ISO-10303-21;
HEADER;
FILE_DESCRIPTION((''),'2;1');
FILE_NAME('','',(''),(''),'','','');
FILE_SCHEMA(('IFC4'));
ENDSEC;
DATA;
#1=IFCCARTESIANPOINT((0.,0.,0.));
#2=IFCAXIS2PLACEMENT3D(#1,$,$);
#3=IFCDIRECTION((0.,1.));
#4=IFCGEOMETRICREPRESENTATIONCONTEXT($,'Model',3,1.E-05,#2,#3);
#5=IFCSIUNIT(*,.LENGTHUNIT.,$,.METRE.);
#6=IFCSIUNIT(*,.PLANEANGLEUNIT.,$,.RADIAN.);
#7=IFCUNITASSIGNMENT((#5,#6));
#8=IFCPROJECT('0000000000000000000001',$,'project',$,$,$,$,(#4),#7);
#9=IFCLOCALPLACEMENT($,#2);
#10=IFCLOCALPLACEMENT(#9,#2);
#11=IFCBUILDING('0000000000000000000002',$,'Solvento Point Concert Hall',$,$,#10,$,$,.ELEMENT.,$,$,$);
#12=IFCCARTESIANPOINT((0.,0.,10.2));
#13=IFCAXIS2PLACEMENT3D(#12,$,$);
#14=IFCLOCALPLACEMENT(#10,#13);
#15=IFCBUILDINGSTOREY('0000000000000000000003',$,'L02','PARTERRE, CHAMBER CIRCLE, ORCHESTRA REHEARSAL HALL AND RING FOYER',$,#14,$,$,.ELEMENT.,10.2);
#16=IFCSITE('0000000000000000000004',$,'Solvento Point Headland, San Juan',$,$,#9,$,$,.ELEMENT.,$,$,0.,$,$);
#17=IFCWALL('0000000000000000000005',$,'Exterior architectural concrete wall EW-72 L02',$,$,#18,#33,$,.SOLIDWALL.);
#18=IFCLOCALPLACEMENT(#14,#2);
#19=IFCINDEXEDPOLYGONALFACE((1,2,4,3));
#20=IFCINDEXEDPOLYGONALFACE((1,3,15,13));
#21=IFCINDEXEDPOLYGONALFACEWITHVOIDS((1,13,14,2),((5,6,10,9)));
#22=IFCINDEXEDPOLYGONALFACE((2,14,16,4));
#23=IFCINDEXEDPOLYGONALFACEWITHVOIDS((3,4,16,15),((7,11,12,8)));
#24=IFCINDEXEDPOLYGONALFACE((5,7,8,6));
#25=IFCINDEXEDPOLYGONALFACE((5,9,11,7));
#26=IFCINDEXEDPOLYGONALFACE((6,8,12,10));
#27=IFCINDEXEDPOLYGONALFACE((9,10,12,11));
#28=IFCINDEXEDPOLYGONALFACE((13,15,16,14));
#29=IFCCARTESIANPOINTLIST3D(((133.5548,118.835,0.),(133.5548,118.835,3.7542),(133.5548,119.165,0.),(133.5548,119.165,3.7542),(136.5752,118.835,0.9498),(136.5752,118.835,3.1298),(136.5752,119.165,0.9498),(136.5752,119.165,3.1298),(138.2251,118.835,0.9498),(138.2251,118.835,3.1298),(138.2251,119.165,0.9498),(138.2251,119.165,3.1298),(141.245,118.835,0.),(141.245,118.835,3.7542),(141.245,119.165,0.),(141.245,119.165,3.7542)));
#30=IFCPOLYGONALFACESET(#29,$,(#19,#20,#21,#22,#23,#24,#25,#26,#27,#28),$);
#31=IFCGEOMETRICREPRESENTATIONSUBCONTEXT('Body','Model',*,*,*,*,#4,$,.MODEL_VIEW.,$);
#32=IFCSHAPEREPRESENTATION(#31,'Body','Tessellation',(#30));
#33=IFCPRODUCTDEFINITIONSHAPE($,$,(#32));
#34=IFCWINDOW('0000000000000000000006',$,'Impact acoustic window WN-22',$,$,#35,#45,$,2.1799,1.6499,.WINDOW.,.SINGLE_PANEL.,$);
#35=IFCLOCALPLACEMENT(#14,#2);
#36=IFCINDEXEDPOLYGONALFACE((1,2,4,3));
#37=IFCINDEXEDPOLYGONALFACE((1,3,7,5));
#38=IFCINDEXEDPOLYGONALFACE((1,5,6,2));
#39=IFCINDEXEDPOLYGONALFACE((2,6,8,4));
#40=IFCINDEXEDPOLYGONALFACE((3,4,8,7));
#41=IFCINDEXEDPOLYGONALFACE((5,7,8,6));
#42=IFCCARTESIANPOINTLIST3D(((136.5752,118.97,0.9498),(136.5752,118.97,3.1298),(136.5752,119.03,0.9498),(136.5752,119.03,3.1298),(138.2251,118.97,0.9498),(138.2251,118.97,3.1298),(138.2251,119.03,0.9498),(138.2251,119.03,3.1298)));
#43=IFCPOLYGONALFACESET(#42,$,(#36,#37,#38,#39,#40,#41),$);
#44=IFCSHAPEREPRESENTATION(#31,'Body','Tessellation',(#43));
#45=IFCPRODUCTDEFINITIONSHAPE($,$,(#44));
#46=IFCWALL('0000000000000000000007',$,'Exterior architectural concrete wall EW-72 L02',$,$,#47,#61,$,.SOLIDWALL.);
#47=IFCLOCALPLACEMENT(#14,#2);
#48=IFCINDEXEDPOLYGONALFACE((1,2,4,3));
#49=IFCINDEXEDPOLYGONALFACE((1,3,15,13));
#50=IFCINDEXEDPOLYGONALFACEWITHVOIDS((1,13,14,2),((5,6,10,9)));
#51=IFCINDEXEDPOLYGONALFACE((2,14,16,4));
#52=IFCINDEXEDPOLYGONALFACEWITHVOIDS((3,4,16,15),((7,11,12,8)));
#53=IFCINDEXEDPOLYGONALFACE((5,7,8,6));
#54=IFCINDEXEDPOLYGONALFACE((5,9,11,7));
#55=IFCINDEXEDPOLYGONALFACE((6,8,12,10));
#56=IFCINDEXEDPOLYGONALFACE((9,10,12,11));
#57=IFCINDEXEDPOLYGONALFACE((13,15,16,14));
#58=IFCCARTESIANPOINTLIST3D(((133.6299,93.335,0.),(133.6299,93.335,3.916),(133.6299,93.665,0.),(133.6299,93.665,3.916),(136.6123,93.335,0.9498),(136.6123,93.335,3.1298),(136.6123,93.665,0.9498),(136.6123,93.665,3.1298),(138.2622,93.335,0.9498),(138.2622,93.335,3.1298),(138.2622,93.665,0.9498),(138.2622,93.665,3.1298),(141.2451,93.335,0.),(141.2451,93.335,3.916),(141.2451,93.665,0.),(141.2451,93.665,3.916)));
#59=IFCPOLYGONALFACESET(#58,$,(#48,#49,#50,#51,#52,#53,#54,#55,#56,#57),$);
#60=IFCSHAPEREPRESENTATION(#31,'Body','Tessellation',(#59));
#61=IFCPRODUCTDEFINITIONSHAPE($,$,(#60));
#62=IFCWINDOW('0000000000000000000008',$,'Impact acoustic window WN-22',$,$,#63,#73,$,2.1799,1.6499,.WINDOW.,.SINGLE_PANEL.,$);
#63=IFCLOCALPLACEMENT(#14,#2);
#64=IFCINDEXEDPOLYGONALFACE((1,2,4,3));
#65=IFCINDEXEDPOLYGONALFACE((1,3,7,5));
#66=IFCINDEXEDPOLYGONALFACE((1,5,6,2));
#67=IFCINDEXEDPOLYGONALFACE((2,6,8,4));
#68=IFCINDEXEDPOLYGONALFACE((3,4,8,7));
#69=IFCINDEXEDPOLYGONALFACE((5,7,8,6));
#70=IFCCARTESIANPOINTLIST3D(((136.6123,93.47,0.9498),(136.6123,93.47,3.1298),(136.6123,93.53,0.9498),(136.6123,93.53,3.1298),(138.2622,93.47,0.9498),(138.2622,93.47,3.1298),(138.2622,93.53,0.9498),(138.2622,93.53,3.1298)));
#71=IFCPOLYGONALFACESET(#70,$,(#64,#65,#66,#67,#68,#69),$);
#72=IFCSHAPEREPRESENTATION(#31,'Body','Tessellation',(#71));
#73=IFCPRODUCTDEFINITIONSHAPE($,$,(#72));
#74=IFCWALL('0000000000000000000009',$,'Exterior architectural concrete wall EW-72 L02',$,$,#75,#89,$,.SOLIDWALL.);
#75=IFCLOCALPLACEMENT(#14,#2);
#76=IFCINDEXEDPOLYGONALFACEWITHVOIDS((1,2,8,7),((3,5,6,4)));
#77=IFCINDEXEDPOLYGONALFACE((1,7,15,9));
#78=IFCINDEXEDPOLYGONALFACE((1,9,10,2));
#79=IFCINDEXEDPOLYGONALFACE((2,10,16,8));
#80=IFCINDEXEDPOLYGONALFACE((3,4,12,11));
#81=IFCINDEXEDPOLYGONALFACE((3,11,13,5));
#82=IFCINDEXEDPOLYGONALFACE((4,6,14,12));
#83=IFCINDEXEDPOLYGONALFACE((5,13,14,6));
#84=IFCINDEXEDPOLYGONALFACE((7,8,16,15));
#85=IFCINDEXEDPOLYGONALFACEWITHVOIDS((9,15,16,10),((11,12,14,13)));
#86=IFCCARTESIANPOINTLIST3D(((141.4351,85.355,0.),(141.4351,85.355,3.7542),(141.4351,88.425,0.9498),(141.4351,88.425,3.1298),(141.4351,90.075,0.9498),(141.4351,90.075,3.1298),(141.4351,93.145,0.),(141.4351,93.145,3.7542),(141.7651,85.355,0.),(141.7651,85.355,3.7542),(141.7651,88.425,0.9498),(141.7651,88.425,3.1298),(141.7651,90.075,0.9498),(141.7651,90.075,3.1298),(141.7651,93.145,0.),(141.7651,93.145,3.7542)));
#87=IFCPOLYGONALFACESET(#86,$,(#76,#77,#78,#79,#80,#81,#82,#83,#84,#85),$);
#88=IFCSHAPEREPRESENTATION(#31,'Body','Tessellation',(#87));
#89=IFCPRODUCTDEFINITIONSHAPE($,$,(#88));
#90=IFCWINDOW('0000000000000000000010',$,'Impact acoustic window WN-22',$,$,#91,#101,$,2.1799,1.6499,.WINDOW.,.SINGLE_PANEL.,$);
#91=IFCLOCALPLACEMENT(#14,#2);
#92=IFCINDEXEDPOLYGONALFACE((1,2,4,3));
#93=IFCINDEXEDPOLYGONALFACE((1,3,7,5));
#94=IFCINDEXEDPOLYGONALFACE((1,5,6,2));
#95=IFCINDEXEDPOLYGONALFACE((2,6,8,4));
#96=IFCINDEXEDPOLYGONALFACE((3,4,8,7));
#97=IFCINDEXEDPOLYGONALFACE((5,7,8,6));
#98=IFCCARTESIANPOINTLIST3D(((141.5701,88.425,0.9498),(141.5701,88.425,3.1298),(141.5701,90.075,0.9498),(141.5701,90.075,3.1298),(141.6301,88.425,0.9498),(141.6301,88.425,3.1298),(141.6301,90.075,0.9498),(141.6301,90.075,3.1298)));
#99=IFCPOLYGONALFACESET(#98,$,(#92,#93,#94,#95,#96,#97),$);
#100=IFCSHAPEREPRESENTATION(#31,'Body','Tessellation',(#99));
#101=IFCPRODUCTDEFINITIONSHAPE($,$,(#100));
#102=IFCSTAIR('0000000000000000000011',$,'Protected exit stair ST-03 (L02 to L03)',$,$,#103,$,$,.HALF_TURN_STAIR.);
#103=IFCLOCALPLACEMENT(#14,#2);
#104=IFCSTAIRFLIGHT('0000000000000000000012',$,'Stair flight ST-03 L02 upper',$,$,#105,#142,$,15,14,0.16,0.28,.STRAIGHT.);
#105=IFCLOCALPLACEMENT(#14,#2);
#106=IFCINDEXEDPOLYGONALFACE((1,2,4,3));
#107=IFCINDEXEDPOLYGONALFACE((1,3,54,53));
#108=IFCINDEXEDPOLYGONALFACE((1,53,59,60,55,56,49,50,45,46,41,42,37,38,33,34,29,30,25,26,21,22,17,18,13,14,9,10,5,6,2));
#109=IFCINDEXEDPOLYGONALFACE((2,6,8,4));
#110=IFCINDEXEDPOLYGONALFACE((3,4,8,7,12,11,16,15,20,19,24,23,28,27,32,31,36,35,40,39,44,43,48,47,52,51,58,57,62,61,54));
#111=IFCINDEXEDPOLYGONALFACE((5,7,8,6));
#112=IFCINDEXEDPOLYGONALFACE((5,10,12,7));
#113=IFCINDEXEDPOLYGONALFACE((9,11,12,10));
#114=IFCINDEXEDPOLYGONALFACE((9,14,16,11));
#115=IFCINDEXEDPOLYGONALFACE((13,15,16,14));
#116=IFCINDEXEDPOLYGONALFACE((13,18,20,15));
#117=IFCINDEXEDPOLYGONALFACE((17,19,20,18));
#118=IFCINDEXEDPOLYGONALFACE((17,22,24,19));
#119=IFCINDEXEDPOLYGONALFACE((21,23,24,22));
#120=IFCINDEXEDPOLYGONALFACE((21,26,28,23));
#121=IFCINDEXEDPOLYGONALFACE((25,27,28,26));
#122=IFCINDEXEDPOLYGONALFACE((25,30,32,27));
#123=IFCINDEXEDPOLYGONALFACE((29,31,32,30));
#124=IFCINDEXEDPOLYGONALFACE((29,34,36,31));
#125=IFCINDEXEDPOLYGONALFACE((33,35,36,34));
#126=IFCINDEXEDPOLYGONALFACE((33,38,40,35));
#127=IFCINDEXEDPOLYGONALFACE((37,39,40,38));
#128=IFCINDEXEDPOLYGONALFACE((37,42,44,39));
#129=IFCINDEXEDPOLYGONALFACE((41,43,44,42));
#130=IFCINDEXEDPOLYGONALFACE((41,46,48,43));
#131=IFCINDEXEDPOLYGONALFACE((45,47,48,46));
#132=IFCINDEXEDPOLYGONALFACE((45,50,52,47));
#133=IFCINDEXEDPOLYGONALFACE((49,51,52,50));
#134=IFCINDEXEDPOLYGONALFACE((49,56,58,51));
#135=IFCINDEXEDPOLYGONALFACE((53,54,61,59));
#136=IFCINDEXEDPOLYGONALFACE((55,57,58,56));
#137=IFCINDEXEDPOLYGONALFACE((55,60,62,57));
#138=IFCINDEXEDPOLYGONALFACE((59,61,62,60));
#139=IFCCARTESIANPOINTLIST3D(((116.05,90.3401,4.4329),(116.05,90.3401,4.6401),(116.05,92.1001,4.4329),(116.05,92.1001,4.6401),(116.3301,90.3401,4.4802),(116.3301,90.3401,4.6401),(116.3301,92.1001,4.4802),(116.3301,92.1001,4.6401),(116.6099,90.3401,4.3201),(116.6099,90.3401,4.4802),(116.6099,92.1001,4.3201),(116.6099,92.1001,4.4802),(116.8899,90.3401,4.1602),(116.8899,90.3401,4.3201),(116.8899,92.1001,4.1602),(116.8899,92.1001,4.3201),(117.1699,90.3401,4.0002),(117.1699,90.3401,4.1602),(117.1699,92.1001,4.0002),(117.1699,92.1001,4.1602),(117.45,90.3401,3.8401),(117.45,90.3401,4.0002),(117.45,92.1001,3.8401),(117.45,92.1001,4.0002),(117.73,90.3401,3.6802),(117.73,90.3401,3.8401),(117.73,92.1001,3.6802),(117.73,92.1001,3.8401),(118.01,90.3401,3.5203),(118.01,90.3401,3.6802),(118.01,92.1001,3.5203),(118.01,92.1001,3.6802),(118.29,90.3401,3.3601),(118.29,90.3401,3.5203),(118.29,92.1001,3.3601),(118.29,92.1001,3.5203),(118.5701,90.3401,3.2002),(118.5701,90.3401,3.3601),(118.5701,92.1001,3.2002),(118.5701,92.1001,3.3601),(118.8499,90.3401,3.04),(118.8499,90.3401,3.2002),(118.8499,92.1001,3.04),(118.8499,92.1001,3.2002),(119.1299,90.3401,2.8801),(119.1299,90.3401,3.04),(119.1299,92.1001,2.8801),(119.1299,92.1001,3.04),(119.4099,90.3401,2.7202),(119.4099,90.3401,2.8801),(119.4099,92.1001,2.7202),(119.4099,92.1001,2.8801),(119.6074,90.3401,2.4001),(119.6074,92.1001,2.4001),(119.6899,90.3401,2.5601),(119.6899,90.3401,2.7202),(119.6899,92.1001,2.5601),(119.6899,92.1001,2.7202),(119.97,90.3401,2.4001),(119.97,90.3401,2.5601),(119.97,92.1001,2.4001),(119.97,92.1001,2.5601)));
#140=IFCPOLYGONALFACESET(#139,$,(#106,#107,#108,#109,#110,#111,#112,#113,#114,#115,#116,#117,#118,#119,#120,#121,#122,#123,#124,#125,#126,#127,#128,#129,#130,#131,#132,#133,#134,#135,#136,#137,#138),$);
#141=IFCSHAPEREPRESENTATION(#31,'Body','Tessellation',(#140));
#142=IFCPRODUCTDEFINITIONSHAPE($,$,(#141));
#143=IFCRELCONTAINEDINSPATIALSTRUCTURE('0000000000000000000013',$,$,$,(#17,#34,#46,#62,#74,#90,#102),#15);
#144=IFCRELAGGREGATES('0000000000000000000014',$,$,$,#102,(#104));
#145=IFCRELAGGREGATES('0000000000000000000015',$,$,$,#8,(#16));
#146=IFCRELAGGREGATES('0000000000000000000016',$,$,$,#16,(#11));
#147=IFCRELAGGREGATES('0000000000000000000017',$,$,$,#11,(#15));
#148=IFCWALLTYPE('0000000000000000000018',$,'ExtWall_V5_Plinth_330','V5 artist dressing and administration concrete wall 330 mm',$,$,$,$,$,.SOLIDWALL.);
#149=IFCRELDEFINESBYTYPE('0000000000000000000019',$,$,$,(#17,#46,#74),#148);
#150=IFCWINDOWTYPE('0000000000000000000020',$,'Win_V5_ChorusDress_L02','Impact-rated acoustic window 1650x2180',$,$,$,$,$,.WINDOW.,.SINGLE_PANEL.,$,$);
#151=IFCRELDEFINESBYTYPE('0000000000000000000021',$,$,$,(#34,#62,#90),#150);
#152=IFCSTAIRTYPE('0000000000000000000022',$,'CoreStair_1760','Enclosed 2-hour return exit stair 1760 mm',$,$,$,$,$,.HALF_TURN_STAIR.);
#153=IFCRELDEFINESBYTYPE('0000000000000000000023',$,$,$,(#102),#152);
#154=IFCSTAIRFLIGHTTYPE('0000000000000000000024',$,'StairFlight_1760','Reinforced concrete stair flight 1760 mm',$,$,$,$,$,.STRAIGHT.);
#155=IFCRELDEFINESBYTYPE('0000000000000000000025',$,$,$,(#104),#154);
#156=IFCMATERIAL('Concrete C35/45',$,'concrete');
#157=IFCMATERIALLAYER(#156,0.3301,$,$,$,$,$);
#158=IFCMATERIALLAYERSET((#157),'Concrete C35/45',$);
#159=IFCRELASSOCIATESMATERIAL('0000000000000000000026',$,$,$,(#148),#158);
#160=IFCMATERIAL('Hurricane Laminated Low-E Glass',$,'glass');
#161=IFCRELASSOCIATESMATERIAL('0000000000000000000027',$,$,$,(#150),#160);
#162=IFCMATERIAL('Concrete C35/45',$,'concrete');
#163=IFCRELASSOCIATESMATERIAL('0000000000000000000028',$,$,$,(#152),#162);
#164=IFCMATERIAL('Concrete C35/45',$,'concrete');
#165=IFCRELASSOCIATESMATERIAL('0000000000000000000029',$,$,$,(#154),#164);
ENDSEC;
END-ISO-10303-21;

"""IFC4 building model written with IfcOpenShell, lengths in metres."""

from ifc_helpers import new_model, si_unit, direction, frame, frame_2d, origin, place, context, subcontext, project, spatial, polyline, rectangle, outline, extrude, material, layer, layer_set, type_object, element, fill, aggregate, save


model = new_model("IFC4")

# Units and contexts
model_context = context("Model", 3, precision=1e-05, world=origin(), true_north=direction((0.0, 1.0)))
body_context = subcontext(model_context, "Body", "Model", "MODEL_VIEW")
ifc_project = project(units=[si_unit("LENGTHUNIT", "METRE"), si_unit("PLANEANGLEUNIT", "RADIAN")], contexts=[model_context])

# Site, building, storey
site_placement = place(None, origin())
site = spatial("IfcSite", under=ifc_project, at=site_placement, Name="Solvento Point Headland, San Juan", CompositionType="ELEMENT", RefElevation=0.0)
building_placement = place(site_placement, origin())
building = spatial("IfcBuilding", under=site, at=building_placement, Name="Solvento Point Concert Hall", CompositionType="ELEMENT")
storey_placement = place(building_placement, frame((0.0, 0.0, 10.2)))
storey = spatial("IfcBuildingStorey", under=building, at=storey_placement, Name="L02", Description="PARTERRE, CHAMBER CIRCLE, ORCHESTRA REHEARSAL HALL AND RING FOYER", CompositionType="ELEMENT", Elevation=10.2)

# Walls, openings, windows
ifc_material_1 = material(Name="Concrete C35/45", Category="concrete")
ifc_layer_1 = layer(ifc_material_1, 0.3301)
ifc_layer_set_1 = layer_set([ifc_layer_1], Name="Concrete C35/45")
wall_type_1 = type_object("IfcWallType", Name="ExtWall_V5_Plinth_330", Description="V5 artist dressing and administration concrete wall 330 mm", PredefinedType="SOLIDWALL", material=ifc_layer_set_1)
wall_1_placement = place(storey_placement, frame((141.2451, 119.0, 0.0), z_axis=(0.0, 0.0, 1.0), x_axis=(-1.0, 0.0, 0.0)))
wall_1 = element("IfcWall", 1, at=wall_1_placement, inside=storey, type_object=wall_type_1, Name="Exterior architectural concrete wall EW-72 L02", PredefinedType="SOLIDWALL", context=body_context, shape_type="SweptSolid", body=[
    extrude(rectangle(XDim=7.6902, YDim=0.3301, at=frame_2d((3.8452, 0.0))), origin(), (0.0, 0.0, 1.0), 3.7542),
])
opening_1_placement = place(wall_1_placement, frame((3.02, 0.0, 0.95)))
opening_1 = element("IfcOpeningElement", 2, at=opening_1_placement, cuts=wall_1, PredefinedType="OPENING", context=body_context, shape_type="SweptSolid", body=[
    extrude(rectangle(XDim=1.6499, YDim=2.1799, at=frame_2d((0.825, 1.0898))), frame((0.0, 0.175, 0.0), z_axis=(0.0, -1.0, 0.0), x_axis=(1.0, 0.0, 0.0)), (0.0, 0.0, 1.0), 0.3501),
])
ifc_material_2 = material(Name="Hurricane Laminated Low-E Glass", Category="glass")
window_type_1 = type_object("IfcWindowType", Name="Win_V5_ChorusDress_L02", Description="Impact-rated acoustic window 1650x2180", PartitioningType="SINGLE_PANEL", PredefinedType="WINDOW", material=ifc_material_2)
window_1_placement = place(opening_1_placement, origin())
window_1 = element("IfcWindow", 3, at=window_1_placement, inside=storey, type_object=window_type_1, Name="Impact acoustic window WN-22", OverallHeight=2.1799, OverallWidth=1.6499, PartitioningType="SINGLE_PANEL", PredefinedType="WINDOW", context=body_context, shape_type="SweptSolid", body=[
    extrude(rectangle(XDim=1.6499, YDim=2.1799, at=frame_2d((0.825, 1.0898))), frame((0.0, 0.03, 0.0), z_axis=(0.0, -1.0, 0.0), x_axis=(1.0, 0.0, 0.0)), (0.0, 0.0, 1.0), 0.0601),
])
fill(opening_1, window_1)
wall_2_placement = place(storey_placement, frame((133.6299, 93.5, 0.0), z_axis=(0.0, 0.0, 1.0), x_axis=(1.0, 0.0, 0.0)))
wall_2 = element("IfcWall", 4, at=wall_2_placement, inside=storey, type_object=wall_type_1, Name="Exterior architectural concrete wall EW-72 L02", PredefinedType="SOLIDWALL", context=body_context, shape_type="SweptSolid", body=[
    extrude(rectangle(XDim=7.6152, YDim=0.3301, at=frame_2d((3.8076, 0.0))), origin(), (0.0, 0.0, 1.0), 3.916),
])
opening_2_placement = place(wall_2_placement, frame((2.9824, 0.0, 0.95)))
opening_2 = element("IfcOpeningElement", 5, at=opening_2_placement, cuts=wall_2, PredefinedType="OPENING", context=body_context, shape_type="SweptSolid", body=[
    extrude(rectangle(XDim=1.6499, YDim=2.1799, at=frame_2d((0.825, 1.0898))), frame((0.0, 0.175, 0.0), z_axis=(0.0, -1.0, 0.0), x_axis=(1.0, 0.0, 0.0)), (0.0, 0.0, 1.0), 0.3501),
])
window_2_placement = place(opening_2_placement, origin())
window_2 = element("IfcWindow", 6, at=window_2_placement, inside=storey, type_object=window_type_1, Name="Impact acoustic window WN-22", OverallHeight=2.1799, OverallWidth=1.6499, PartitioningType="SINGLE_PANEL", PredefinedType="WINDOW", context=body_context, shape_type="SweptSolid", body=[
    extrude(rectangle(XDim=1.6499, YDim=2.1799, at=frame_2d((0.825, 1.0898))), frame((0.0, 0.03, 0.0), z_axis=(0.0, -1.0, 0.0), x_axis=(1.0, 0.0, 0.0)), (0.0, 0.0, 1.0), 0.0601),
])
fill(opening_2, window_2)
wall_3_placement = place(storey_placement, frame((141.6001, 93.145, 0.0), z_axis=(0.0, 0.0, 1.0), x_axis=(0.0, -1.0, 0.0)))
wall_3 = element("IfcWall", 7, at=wall_3_placement, inside=storey, type_object=wall_type_1, Name="Exterior architectural concrete wall EW-72 L02", PredefinedType="SOLIDWALL", context=body_context, shape_type="SweptSolid", body=[
    extrude(rectangle(XDim=7.79, YDim=0.3301, at=frame_2d((3.895, 0.0))), origin(), (0.0, 0.0, 1.0), 3.7542),
])
opening_3_placement = place(wall_3_placement, frame((3.0701, 0.0, 0.95)))
opening_3 = element("IfcOpeningElement", 8, at=opening_3_placement, cuts=wall_3, PredefinedType="OPENING", context=body_context, shape_type="SweptSolid", body=[
    extrude(rectangle(XDim=1.6499, YDim=2.1799, at=frame_2d((0.825, 1.0898))), frame((0.0, 0.175, 0.0), z_axis=(0.0, -1.0, 0.0), x_axis=(1.0, 0.0, 0.0)), (0.0, 0.0, 1.0), 0.3501),
])
window_3_placement = place(opening_3_placement, origin())
window_3 = element("IfcWindow", 9, at=window_3_placement, inside=storey, type_object=window_type_1, Name="Impact acoustic window WN-22", OverallHeight=2.1799, OverallWidth=1.6499, PartitioningType="SINGLE_PANEL", PredefinedType="WINDOW", context=body_context, shape_type="SweptSolid", body=[
    extrude(rectangle(XDim=1.6499, YDim=2.1799, at=frame_2d((0.825, 1.0898))), frame((0.0, 0.03, 0.0), z_axis=(0.0, -1.0, 0.0), x_axis=(1.0, 0.0, 0.0)), (0.0, 0.0, 1.0), 0.0601),
])
fill(opening_3, window_3)

# Stair, stair flight
ifc_material_3 = material(Name="Concrete C35/45", Category="concrete")
stair_type = type_object("IfcStairType", Name="CoreStair_1760", Description="Enclosed 2-hour return exit stair 1760 mm", PredefinedType="HALF_TURN_STAIR", material=ifc_material_3)
stair_placement = place(storey_placement, origin())
stair = element("IfcStair", 10, at=stair_placement, inside=storey, type_object=stair_type, Name="Protected exit stair ST-03 (L02 to L03)", PredefinedType="HALF_TURN_STAIR")
ifc_material_4 = material(Name="Concrete C35/45", Category="concrete")
stair_flight_type = type_object("IfcStairFlightType", Name="StairFlight_1760", Description="Reinforced concrete stair flight 1760 mm", PredefinedType="STRAIGHT", material=ifc_material_4)
stair_flight_placement = place(storey_placement, frame((119.97, 91.22, 2.4001), z_axis=(0.0, 0.0, 1.0), x_axis=(-1.0, 0.0, 0.0)))
stair_flight = element("IfcStairFlight", 11, at=stair_flight_placement, type_object=stair_flight_type, Name="Stair flight ST-03 L02 upper", NumberOfRisers=15, NumberOfTreads=14, PredefinedType="STRAIGHT", RiserHeight=0.16, TreadLength=0.28, context=body_context, shape_type="SweptSolid", body=[
    extrude(outline(polyline([(0.0, 0.0), (0.0, 0.1599), (0.28, 0.1599), (0.28, 0.3201), (0.5601, 0.3201), (0.5601, 0.48), (0.8401, 0.48), (0.8401, 0.6399), (1.1201, 0.6399), (1.1201, 0.8), (1.3999, 0.8), (1.3999, 0.96), (1.6799, 0.96), (1.6799, 1.1201), (1.96, 1.1201), (1.96, 1.28), (2.24, 1.28), (2.24, 1.4399), (2.52, 1.4399), (2.52, 1.6001), (2.8, 1.6001), (2.8, 1.76), (3.0801, 1.76), (3.0801, 1.9199), (3.3601, 1.9199), (3.3601, 2.0801), (3.6399, 2.0801), (3.6399, 2.24), (3.9199, 2.24), (3.9199, 2.3999), (3.9199, 2.0327), (0.3625, 0.0), (0.0, 0.0)])), frame((0.0, 0.8799, 0.0), z_axis=(0.0, -1.0, 0.0), x_axis=(1.0, 0.0, 0.0)), (0.0, 0.0, 1.0), 1.76),
])
aggregate(stair, [stair_flight])

save(model, "model.ifc")
